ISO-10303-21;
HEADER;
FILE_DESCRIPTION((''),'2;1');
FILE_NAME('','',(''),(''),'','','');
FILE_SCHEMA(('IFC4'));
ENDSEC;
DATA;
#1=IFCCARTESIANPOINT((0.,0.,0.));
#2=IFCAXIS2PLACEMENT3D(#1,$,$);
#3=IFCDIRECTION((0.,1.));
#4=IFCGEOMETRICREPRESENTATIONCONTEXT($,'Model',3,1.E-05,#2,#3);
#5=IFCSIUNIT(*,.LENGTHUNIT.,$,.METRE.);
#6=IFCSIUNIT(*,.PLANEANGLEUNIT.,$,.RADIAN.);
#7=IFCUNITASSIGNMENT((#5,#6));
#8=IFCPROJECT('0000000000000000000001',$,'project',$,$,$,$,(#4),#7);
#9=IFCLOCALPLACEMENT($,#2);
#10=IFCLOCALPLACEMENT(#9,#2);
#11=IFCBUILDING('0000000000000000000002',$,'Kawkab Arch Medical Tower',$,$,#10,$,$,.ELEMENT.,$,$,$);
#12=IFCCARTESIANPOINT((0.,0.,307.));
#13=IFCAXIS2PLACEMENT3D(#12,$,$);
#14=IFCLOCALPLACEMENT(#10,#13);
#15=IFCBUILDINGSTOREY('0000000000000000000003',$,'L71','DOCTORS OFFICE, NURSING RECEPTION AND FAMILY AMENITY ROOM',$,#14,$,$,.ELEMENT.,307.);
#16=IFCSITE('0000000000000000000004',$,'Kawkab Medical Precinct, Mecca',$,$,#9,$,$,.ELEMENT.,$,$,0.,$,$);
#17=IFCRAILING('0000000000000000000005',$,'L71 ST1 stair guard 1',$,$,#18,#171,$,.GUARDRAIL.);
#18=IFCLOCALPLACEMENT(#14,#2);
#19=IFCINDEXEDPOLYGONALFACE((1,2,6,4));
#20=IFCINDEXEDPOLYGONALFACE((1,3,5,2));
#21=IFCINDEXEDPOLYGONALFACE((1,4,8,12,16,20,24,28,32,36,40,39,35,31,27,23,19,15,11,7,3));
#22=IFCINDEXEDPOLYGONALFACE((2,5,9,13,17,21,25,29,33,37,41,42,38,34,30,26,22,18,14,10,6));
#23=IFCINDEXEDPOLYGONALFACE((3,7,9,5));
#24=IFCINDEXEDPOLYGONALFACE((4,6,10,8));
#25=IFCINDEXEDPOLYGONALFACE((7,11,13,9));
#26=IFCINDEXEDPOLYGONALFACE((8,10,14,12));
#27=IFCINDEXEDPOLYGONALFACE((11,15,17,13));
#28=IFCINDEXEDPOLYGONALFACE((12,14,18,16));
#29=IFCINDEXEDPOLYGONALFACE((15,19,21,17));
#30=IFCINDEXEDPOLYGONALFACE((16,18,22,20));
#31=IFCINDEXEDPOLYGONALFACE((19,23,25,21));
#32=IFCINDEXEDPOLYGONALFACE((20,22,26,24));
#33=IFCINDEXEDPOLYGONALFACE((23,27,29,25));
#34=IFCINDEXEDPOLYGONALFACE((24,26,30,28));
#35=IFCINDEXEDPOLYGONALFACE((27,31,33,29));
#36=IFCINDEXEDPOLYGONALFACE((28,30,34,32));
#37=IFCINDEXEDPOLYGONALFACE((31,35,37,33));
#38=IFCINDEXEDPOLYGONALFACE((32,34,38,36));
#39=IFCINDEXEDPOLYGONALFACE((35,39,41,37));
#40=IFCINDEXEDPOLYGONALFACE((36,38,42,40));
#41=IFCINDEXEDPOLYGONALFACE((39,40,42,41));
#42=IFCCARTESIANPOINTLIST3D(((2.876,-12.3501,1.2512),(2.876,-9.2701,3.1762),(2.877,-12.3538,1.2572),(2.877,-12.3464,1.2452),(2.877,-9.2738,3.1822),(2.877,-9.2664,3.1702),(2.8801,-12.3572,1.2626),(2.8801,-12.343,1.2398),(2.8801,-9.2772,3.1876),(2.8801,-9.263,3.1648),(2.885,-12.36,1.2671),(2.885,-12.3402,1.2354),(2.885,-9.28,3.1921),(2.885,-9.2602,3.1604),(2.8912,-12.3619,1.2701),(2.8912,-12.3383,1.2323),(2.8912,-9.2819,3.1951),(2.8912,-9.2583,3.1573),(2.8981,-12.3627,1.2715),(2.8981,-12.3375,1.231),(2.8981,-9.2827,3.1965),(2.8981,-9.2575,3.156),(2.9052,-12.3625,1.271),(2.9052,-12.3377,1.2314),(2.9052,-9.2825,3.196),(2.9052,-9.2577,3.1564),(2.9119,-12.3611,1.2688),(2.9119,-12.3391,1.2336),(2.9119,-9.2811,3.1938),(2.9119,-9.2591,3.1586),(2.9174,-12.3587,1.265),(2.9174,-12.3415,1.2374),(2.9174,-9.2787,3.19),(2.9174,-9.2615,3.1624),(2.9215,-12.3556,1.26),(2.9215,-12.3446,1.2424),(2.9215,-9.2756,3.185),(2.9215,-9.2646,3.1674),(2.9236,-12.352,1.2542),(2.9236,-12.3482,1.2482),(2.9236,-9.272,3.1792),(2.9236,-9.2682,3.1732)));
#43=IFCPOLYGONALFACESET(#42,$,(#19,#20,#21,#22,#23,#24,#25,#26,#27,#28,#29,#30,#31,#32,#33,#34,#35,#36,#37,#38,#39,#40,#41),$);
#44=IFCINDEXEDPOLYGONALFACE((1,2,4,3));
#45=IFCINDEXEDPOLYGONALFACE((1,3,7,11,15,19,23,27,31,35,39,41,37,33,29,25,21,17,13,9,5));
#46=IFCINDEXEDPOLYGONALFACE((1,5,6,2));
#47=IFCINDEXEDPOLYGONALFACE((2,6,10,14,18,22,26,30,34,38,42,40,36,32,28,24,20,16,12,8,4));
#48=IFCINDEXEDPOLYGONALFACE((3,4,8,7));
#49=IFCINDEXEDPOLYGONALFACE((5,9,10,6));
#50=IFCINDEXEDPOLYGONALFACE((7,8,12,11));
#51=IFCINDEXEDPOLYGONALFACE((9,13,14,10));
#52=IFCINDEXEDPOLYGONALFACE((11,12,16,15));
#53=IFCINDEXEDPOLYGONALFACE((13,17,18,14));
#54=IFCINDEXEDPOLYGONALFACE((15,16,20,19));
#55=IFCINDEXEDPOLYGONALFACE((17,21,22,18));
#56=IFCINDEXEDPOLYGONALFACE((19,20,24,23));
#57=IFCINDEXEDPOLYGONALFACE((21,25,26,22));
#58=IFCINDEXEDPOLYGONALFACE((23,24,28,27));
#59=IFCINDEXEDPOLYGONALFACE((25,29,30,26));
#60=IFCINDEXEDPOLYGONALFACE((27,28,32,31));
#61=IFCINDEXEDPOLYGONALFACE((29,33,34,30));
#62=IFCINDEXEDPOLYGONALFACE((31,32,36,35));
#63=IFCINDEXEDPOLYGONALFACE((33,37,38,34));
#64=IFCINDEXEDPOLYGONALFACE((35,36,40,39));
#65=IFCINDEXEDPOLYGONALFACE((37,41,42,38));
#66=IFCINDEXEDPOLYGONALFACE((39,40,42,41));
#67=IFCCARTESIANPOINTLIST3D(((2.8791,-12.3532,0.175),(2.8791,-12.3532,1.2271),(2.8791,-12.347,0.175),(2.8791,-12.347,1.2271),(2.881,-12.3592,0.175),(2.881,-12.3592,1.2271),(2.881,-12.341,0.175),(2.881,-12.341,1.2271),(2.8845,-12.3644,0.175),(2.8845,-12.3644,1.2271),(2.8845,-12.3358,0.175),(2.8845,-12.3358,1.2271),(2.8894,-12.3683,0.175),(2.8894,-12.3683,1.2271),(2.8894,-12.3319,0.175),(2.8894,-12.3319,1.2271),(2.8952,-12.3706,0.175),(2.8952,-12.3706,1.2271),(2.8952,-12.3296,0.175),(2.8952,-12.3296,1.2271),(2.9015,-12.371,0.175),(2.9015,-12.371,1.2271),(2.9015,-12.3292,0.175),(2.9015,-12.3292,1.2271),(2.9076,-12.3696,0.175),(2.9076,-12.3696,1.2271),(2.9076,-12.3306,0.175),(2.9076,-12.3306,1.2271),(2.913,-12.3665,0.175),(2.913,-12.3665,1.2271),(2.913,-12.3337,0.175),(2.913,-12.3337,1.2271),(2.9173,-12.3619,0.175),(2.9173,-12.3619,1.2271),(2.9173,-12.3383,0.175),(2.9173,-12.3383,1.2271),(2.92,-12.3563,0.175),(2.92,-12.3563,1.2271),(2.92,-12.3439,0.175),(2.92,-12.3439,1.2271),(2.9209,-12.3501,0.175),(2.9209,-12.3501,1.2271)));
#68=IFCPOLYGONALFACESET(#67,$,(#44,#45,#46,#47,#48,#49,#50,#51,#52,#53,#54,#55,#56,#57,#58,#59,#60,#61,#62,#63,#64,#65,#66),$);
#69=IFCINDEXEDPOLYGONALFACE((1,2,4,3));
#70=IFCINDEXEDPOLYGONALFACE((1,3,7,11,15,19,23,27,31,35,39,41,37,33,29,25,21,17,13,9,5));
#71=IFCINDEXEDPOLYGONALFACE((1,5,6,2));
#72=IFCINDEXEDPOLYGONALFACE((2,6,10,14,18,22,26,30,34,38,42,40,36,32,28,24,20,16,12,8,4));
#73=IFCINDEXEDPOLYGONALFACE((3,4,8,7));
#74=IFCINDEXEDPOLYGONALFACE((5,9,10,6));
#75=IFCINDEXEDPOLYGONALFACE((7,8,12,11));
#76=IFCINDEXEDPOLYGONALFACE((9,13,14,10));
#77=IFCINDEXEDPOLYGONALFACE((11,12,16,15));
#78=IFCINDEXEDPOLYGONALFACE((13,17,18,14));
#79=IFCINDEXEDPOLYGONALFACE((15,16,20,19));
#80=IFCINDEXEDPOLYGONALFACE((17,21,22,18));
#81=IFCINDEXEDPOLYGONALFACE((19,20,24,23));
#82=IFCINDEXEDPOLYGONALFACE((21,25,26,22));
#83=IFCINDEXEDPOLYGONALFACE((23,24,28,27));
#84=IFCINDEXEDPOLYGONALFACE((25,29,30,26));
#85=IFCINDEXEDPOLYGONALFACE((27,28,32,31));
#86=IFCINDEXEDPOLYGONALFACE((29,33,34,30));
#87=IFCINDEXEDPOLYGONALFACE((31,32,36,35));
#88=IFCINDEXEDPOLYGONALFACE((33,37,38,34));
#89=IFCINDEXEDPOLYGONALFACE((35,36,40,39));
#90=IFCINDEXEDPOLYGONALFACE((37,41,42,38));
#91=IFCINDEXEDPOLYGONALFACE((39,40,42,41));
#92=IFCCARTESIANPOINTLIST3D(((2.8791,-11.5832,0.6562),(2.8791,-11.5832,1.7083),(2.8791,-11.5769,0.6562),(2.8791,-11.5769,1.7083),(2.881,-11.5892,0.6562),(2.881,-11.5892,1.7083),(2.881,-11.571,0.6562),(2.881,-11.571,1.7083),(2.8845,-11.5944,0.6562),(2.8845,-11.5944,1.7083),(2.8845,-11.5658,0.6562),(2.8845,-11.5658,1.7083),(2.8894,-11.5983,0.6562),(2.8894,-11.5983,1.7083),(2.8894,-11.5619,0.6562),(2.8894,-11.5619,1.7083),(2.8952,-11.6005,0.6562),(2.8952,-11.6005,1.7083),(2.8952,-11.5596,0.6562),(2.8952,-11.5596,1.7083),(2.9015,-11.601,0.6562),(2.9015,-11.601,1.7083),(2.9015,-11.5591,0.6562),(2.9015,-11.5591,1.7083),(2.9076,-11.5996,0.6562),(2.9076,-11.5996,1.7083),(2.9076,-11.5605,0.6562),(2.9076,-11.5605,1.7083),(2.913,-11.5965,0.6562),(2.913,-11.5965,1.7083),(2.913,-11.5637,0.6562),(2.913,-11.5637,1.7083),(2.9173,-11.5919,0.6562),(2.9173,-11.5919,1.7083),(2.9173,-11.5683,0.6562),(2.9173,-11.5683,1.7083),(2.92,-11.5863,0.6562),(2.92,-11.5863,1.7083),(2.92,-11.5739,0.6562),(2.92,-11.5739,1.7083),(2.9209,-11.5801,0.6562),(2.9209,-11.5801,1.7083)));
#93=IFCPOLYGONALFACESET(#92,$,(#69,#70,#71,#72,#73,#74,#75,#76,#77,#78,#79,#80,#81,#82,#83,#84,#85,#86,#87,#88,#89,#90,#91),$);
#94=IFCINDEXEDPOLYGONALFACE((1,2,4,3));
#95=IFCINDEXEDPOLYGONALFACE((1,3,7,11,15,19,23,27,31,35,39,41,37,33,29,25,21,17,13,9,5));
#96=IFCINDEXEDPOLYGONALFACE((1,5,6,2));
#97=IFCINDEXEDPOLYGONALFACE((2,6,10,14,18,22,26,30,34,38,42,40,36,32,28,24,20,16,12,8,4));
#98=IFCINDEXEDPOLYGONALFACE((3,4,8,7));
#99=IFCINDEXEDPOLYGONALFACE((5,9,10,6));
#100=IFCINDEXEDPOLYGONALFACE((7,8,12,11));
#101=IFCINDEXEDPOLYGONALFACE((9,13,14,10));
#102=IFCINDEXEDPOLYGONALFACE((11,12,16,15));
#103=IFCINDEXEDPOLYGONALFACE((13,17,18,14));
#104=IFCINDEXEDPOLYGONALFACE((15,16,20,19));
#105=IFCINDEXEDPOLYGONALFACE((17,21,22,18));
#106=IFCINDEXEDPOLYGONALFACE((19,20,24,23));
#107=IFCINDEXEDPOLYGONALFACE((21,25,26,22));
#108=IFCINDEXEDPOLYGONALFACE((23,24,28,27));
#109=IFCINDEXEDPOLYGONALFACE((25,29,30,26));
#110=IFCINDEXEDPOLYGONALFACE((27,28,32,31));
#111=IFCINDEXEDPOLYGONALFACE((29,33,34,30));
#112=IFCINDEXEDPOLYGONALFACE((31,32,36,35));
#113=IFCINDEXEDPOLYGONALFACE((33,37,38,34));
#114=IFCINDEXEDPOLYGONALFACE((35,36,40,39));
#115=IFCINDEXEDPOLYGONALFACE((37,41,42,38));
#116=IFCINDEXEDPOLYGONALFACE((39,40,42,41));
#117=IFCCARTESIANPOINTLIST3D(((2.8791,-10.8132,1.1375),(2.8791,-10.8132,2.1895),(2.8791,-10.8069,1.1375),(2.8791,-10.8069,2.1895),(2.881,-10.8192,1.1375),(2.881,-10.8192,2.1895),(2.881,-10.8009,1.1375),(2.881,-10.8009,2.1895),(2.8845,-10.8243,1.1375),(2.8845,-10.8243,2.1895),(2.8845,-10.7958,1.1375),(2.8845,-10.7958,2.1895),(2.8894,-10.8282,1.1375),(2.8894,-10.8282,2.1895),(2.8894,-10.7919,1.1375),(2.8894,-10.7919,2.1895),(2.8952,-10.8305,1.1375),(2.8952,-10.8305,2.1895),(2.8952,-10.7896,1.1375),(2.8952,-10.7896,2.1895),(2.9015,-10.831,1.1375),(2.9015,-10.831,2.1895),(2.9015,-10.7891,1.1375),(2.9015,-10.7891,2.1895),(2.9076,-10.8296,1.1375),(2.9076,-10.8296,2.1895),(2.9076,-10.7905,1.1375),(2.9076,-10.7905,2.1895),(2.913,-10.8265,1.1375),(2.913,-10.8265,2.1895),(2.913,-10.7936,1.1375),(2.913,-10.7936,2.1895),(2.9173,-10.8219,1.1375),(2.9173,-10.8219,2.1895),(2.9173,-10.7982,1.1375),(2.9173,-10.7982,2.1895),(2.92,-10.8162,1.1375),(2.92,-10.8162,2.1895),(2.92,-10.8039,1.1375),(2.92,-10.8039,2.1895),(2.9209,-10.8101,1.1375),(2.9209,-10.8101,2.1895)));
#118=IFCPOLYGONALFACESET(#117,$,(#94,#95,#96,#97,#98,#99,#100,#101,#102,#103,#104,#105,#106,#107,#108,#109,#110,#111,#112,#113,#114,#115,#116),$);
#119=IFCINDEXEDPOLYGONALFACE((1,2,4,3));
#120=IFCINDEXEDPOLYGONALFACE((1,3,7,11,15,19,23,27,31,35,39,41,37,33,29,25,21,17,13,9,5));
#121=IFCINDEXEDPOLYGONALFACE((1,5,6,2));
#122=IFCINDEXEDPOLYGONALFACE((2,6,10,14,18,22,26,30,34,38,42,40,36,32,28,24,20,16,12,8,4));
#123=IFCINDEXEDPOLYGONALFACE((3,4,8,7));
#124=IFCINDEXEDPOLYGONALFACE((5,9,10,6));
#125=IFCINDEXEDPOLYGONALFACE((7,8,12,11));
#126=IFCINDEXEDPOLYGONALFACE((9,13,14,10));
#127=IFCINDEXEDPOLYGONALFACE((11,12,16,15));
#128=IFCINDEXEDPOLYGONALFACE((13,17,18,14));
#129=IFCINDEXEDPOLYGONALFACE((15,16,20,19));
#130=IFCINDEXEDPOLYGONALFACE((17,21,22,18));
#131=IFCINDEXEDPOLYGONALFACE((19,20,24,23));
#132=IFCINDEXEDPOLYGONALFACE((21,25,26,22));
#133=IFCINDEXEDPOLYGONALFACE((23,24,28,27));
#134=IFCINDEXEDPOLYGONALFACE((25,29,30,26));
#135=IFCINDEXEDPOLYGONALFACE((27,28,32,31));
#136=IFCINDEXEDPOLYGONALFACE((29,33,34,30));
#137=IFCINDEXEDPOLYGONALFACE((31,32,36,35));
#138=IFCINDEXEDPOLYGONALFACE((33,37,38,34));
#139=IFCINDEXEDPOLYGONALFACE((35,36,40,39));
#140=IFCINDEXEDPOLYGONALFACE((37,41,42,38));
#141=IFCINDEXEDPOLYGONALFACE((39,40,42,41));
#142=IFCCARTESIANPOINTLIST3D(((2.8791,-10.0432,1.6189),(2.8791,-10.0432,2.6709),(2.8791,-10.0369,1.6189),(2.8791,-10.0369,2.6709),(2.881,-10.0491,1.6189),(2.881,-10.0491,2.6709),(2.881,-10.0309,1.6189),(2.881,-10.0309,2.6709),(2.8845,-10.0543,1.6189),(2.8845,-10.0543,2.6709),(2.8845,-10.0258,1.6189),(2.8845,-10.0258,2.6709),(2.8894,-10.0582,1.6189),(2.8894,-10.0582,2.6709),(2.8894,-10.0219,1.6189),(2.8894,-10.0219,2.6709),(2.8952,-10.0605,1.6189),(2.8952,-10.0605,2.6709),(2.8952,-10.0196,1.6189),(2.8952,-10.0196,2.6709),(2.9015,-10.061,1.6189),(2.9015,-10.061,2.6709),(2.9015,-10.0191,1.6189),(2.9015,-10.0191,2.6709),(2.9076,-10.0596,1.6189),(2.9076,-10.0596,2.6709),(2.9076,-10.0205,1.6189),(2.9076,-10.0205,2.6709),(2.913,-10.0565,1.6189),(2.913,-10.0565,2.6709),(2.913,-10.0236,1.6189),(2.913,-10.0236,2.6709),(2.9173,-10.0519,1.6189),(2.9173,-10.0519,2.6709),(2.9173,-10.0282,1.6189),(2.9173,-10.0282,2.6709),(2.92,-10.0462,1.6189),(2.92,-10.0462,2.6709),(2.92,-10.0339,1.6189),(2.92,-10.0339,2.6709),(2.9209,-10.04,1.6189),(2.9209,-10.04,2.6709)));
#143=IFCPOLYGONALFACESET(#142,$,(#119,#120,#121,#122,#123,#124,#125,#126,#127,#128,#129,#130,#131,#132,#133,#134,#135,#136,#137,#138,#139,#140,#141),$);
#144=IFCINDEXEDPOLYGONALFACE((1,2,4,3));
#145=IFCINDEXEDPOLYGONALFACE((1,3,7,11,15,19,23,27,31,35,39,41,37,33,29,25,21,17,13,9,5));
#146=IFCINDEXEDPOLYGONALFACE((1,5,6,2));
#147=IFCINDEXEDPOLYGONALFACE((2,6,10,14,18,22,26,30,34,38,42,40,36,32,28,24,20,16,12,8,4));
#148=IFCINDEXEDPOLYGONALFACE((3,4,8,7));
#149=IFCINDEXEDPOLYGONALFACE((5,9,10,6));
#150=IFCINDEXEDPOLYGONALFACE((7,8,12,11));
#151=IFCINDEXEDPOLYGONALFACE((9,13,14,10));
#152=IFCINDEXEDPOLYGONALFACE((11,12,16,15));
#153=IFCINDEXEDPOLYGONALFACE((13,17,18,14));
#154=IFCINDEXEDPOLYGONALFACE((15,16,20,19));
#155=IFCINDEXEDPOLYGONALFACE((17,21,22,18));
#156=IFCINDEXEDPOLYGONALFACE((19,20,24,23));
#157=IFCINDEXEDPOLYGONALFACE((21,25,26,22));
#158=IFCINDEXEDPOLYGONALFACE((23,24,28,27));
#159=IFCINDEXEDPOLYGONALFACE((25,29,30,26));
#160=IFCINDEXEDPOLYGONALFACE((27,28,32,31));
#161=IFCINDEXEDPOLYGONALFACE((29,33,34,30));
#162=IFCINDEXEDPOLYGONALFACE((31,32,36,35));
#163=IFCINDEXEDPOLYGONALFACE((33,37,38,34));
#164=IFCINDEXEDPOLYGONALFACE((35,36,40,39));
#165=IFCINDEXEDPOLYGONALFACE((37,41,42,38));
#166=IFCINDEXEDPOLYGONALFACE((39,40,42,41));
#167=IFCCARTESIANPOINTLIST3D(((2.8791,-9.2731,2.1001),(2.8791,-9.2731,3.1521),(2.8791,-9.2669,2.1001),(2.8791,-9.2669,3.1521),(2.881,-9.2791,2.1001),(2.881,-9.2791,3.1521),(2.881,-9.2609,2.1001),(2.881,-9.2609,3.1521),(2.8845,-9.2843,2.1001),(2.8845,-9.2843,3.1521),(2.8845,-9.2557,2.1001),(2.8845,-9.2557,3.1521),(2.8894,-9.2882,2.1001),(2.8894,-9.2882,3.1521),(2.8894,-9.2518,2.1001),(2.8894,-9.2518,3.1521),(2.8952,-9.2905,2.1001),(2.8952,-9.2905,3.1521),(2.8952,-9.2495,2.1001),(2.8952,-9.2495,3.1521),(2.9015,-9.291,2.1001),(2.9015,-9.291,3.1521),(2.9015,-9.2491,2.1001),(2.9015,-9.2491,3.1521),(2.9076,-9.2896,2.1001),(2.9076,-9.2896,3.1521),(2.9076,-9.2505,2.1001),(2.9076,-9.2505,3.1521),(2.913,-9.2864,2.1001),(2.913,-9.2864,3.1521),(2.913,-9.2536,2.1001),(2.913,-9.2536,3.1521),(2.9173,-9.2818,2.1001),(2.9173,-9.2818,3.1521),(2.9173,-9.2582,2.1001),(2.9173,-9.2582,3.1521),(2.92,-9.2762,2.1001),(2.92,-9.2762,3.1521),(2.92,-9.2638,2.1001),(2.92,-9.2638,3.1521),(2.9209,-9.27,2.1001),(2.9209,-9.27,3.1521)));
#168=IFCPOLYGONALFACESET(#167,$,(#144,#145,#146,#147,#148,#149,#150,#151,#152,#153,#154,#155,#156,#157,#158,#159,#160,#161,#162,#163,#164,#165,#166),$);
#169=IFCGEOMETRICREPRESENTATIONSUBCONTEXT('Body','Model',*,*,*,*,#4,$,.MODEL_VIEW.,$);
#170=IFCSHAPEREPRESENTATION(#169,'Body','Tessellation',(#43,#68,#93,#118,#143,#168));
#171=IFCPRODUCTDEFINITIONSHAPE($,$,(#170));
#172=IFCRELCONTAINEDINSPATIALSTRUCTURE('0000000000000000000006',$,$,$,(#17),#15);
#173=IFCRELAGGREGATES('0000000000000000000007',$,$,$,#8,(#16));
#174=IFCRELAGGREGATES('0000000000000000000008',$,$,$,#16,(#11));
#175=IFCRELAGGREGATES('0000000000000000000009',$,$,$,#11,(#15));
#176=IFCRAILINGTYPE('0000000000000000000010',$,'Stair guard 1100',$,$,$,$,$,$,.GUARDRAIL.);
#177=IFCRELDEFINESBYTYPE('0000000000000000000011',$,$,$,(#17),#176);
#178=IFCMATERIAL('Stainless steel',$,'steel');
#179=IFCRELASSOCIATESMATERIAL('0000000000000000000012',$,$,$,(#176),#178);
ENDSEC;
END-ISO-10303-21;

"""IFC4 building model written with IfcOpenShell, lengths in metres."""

from ifc_helpers import new_model, si_unit, direction, frame, origin, origin_2d, place, context, subcontext, project, spatial, circle, extrude, material, type_object, element, save


model = new_model("IFC4")

# Units and contexts
model_context = context("Model", 3, precision=1e-05, world=origin(), true_north=direction((0.0, 1.0)))
body_context = subcontext(model_context, "Body", "Model", "MODEL_VIEW")
ifc_project = project(units=[si_unit("LENGTHUNIT", "METRE"), si_unit("PLANEANGLEUNIT", "RADIAN")], contexts=[model_context])

# Site, building, storey
site_placement = place(None, origin())
site = spatial("IfcSite", under=ifc_project, at=site_placement, Name="Kawkab Medical Precinct, Mecca", CompositionType="ELEMENT", RefElevation=0.0)
building_placement = place(site_placement, origin())
building = spatial("IfcBuilding", under=site, at=building_placement, Name="Kawkab Arch Medical Tower", CompositionType="ELEMENT")
storey_placement = place(building_placement, frame((0.0, 0.0, 307.0)))
storey = spatial("IfcBuildingStorey", under=building, at=storey_placement, Name="L71", Description="DOCTORS OFFICE, NURSING RECEPTION AND FAMILY AMENITY ROOM", CompositionType="ELEMENT", Elevation=307.0)

# Railing
ifc_material_1 = material(Name="Stainless steel", Category="steel")
railing_type = type_object("IfcRailingType", Name="Stair guard 1100", PredefinedType="GUARDRAIL", material=ifc_material_1)
railing_1_placement = place(storey_placement, frame((2.8999, -12.3501, 0.175)))
element("IfcRailing", 1, at=railing_1_placement, inside=storey, type_object=railing_type, Name="L71 ST1 stair guard 1", PredefinedType="GUARDRAIL", context=body_context, shape_type="SweptSolid", body=[
    extrude(circle(Radius=0.0239, at=origin_2d()), frame((0.0, 0.0, 1.0762), z_axis=(0.0, 0.847998, 0.529999), x_axis=(-1.0, 0.0, 0.0)), (0.0, 0.0, 1.0), 3.6321),
    extrude(circle(Radius=0.021, at=origin_2d()), origin(), (0.0, 0.0, 1.0), 1.052),
    extrude(circle(Radius=0.021, at=origin_2d()), frame((0.0, 0.77, 0.4812)), (0.0, 0.0, 1.0), 1.052),
    extrude(circle(Radius=0.021, at=origin_2d()), frame((0.0, 1.54, 0.9624)), (0.0, 0.0, 1.0), 1.052),
    extrude(circle(Radius=0.021, at=origin_2d()), frame((0.0, 2.3101, 1.4438)), (0.0, 0.0, 1.0), 1.052),
    extrude(circle(Radius=0.021, at=origin_2d()), frame((0.0, 3.0801, 1.925)), (0.0, 0.0, 1.0), 1.052),
])

save(model, "model.ifc")
